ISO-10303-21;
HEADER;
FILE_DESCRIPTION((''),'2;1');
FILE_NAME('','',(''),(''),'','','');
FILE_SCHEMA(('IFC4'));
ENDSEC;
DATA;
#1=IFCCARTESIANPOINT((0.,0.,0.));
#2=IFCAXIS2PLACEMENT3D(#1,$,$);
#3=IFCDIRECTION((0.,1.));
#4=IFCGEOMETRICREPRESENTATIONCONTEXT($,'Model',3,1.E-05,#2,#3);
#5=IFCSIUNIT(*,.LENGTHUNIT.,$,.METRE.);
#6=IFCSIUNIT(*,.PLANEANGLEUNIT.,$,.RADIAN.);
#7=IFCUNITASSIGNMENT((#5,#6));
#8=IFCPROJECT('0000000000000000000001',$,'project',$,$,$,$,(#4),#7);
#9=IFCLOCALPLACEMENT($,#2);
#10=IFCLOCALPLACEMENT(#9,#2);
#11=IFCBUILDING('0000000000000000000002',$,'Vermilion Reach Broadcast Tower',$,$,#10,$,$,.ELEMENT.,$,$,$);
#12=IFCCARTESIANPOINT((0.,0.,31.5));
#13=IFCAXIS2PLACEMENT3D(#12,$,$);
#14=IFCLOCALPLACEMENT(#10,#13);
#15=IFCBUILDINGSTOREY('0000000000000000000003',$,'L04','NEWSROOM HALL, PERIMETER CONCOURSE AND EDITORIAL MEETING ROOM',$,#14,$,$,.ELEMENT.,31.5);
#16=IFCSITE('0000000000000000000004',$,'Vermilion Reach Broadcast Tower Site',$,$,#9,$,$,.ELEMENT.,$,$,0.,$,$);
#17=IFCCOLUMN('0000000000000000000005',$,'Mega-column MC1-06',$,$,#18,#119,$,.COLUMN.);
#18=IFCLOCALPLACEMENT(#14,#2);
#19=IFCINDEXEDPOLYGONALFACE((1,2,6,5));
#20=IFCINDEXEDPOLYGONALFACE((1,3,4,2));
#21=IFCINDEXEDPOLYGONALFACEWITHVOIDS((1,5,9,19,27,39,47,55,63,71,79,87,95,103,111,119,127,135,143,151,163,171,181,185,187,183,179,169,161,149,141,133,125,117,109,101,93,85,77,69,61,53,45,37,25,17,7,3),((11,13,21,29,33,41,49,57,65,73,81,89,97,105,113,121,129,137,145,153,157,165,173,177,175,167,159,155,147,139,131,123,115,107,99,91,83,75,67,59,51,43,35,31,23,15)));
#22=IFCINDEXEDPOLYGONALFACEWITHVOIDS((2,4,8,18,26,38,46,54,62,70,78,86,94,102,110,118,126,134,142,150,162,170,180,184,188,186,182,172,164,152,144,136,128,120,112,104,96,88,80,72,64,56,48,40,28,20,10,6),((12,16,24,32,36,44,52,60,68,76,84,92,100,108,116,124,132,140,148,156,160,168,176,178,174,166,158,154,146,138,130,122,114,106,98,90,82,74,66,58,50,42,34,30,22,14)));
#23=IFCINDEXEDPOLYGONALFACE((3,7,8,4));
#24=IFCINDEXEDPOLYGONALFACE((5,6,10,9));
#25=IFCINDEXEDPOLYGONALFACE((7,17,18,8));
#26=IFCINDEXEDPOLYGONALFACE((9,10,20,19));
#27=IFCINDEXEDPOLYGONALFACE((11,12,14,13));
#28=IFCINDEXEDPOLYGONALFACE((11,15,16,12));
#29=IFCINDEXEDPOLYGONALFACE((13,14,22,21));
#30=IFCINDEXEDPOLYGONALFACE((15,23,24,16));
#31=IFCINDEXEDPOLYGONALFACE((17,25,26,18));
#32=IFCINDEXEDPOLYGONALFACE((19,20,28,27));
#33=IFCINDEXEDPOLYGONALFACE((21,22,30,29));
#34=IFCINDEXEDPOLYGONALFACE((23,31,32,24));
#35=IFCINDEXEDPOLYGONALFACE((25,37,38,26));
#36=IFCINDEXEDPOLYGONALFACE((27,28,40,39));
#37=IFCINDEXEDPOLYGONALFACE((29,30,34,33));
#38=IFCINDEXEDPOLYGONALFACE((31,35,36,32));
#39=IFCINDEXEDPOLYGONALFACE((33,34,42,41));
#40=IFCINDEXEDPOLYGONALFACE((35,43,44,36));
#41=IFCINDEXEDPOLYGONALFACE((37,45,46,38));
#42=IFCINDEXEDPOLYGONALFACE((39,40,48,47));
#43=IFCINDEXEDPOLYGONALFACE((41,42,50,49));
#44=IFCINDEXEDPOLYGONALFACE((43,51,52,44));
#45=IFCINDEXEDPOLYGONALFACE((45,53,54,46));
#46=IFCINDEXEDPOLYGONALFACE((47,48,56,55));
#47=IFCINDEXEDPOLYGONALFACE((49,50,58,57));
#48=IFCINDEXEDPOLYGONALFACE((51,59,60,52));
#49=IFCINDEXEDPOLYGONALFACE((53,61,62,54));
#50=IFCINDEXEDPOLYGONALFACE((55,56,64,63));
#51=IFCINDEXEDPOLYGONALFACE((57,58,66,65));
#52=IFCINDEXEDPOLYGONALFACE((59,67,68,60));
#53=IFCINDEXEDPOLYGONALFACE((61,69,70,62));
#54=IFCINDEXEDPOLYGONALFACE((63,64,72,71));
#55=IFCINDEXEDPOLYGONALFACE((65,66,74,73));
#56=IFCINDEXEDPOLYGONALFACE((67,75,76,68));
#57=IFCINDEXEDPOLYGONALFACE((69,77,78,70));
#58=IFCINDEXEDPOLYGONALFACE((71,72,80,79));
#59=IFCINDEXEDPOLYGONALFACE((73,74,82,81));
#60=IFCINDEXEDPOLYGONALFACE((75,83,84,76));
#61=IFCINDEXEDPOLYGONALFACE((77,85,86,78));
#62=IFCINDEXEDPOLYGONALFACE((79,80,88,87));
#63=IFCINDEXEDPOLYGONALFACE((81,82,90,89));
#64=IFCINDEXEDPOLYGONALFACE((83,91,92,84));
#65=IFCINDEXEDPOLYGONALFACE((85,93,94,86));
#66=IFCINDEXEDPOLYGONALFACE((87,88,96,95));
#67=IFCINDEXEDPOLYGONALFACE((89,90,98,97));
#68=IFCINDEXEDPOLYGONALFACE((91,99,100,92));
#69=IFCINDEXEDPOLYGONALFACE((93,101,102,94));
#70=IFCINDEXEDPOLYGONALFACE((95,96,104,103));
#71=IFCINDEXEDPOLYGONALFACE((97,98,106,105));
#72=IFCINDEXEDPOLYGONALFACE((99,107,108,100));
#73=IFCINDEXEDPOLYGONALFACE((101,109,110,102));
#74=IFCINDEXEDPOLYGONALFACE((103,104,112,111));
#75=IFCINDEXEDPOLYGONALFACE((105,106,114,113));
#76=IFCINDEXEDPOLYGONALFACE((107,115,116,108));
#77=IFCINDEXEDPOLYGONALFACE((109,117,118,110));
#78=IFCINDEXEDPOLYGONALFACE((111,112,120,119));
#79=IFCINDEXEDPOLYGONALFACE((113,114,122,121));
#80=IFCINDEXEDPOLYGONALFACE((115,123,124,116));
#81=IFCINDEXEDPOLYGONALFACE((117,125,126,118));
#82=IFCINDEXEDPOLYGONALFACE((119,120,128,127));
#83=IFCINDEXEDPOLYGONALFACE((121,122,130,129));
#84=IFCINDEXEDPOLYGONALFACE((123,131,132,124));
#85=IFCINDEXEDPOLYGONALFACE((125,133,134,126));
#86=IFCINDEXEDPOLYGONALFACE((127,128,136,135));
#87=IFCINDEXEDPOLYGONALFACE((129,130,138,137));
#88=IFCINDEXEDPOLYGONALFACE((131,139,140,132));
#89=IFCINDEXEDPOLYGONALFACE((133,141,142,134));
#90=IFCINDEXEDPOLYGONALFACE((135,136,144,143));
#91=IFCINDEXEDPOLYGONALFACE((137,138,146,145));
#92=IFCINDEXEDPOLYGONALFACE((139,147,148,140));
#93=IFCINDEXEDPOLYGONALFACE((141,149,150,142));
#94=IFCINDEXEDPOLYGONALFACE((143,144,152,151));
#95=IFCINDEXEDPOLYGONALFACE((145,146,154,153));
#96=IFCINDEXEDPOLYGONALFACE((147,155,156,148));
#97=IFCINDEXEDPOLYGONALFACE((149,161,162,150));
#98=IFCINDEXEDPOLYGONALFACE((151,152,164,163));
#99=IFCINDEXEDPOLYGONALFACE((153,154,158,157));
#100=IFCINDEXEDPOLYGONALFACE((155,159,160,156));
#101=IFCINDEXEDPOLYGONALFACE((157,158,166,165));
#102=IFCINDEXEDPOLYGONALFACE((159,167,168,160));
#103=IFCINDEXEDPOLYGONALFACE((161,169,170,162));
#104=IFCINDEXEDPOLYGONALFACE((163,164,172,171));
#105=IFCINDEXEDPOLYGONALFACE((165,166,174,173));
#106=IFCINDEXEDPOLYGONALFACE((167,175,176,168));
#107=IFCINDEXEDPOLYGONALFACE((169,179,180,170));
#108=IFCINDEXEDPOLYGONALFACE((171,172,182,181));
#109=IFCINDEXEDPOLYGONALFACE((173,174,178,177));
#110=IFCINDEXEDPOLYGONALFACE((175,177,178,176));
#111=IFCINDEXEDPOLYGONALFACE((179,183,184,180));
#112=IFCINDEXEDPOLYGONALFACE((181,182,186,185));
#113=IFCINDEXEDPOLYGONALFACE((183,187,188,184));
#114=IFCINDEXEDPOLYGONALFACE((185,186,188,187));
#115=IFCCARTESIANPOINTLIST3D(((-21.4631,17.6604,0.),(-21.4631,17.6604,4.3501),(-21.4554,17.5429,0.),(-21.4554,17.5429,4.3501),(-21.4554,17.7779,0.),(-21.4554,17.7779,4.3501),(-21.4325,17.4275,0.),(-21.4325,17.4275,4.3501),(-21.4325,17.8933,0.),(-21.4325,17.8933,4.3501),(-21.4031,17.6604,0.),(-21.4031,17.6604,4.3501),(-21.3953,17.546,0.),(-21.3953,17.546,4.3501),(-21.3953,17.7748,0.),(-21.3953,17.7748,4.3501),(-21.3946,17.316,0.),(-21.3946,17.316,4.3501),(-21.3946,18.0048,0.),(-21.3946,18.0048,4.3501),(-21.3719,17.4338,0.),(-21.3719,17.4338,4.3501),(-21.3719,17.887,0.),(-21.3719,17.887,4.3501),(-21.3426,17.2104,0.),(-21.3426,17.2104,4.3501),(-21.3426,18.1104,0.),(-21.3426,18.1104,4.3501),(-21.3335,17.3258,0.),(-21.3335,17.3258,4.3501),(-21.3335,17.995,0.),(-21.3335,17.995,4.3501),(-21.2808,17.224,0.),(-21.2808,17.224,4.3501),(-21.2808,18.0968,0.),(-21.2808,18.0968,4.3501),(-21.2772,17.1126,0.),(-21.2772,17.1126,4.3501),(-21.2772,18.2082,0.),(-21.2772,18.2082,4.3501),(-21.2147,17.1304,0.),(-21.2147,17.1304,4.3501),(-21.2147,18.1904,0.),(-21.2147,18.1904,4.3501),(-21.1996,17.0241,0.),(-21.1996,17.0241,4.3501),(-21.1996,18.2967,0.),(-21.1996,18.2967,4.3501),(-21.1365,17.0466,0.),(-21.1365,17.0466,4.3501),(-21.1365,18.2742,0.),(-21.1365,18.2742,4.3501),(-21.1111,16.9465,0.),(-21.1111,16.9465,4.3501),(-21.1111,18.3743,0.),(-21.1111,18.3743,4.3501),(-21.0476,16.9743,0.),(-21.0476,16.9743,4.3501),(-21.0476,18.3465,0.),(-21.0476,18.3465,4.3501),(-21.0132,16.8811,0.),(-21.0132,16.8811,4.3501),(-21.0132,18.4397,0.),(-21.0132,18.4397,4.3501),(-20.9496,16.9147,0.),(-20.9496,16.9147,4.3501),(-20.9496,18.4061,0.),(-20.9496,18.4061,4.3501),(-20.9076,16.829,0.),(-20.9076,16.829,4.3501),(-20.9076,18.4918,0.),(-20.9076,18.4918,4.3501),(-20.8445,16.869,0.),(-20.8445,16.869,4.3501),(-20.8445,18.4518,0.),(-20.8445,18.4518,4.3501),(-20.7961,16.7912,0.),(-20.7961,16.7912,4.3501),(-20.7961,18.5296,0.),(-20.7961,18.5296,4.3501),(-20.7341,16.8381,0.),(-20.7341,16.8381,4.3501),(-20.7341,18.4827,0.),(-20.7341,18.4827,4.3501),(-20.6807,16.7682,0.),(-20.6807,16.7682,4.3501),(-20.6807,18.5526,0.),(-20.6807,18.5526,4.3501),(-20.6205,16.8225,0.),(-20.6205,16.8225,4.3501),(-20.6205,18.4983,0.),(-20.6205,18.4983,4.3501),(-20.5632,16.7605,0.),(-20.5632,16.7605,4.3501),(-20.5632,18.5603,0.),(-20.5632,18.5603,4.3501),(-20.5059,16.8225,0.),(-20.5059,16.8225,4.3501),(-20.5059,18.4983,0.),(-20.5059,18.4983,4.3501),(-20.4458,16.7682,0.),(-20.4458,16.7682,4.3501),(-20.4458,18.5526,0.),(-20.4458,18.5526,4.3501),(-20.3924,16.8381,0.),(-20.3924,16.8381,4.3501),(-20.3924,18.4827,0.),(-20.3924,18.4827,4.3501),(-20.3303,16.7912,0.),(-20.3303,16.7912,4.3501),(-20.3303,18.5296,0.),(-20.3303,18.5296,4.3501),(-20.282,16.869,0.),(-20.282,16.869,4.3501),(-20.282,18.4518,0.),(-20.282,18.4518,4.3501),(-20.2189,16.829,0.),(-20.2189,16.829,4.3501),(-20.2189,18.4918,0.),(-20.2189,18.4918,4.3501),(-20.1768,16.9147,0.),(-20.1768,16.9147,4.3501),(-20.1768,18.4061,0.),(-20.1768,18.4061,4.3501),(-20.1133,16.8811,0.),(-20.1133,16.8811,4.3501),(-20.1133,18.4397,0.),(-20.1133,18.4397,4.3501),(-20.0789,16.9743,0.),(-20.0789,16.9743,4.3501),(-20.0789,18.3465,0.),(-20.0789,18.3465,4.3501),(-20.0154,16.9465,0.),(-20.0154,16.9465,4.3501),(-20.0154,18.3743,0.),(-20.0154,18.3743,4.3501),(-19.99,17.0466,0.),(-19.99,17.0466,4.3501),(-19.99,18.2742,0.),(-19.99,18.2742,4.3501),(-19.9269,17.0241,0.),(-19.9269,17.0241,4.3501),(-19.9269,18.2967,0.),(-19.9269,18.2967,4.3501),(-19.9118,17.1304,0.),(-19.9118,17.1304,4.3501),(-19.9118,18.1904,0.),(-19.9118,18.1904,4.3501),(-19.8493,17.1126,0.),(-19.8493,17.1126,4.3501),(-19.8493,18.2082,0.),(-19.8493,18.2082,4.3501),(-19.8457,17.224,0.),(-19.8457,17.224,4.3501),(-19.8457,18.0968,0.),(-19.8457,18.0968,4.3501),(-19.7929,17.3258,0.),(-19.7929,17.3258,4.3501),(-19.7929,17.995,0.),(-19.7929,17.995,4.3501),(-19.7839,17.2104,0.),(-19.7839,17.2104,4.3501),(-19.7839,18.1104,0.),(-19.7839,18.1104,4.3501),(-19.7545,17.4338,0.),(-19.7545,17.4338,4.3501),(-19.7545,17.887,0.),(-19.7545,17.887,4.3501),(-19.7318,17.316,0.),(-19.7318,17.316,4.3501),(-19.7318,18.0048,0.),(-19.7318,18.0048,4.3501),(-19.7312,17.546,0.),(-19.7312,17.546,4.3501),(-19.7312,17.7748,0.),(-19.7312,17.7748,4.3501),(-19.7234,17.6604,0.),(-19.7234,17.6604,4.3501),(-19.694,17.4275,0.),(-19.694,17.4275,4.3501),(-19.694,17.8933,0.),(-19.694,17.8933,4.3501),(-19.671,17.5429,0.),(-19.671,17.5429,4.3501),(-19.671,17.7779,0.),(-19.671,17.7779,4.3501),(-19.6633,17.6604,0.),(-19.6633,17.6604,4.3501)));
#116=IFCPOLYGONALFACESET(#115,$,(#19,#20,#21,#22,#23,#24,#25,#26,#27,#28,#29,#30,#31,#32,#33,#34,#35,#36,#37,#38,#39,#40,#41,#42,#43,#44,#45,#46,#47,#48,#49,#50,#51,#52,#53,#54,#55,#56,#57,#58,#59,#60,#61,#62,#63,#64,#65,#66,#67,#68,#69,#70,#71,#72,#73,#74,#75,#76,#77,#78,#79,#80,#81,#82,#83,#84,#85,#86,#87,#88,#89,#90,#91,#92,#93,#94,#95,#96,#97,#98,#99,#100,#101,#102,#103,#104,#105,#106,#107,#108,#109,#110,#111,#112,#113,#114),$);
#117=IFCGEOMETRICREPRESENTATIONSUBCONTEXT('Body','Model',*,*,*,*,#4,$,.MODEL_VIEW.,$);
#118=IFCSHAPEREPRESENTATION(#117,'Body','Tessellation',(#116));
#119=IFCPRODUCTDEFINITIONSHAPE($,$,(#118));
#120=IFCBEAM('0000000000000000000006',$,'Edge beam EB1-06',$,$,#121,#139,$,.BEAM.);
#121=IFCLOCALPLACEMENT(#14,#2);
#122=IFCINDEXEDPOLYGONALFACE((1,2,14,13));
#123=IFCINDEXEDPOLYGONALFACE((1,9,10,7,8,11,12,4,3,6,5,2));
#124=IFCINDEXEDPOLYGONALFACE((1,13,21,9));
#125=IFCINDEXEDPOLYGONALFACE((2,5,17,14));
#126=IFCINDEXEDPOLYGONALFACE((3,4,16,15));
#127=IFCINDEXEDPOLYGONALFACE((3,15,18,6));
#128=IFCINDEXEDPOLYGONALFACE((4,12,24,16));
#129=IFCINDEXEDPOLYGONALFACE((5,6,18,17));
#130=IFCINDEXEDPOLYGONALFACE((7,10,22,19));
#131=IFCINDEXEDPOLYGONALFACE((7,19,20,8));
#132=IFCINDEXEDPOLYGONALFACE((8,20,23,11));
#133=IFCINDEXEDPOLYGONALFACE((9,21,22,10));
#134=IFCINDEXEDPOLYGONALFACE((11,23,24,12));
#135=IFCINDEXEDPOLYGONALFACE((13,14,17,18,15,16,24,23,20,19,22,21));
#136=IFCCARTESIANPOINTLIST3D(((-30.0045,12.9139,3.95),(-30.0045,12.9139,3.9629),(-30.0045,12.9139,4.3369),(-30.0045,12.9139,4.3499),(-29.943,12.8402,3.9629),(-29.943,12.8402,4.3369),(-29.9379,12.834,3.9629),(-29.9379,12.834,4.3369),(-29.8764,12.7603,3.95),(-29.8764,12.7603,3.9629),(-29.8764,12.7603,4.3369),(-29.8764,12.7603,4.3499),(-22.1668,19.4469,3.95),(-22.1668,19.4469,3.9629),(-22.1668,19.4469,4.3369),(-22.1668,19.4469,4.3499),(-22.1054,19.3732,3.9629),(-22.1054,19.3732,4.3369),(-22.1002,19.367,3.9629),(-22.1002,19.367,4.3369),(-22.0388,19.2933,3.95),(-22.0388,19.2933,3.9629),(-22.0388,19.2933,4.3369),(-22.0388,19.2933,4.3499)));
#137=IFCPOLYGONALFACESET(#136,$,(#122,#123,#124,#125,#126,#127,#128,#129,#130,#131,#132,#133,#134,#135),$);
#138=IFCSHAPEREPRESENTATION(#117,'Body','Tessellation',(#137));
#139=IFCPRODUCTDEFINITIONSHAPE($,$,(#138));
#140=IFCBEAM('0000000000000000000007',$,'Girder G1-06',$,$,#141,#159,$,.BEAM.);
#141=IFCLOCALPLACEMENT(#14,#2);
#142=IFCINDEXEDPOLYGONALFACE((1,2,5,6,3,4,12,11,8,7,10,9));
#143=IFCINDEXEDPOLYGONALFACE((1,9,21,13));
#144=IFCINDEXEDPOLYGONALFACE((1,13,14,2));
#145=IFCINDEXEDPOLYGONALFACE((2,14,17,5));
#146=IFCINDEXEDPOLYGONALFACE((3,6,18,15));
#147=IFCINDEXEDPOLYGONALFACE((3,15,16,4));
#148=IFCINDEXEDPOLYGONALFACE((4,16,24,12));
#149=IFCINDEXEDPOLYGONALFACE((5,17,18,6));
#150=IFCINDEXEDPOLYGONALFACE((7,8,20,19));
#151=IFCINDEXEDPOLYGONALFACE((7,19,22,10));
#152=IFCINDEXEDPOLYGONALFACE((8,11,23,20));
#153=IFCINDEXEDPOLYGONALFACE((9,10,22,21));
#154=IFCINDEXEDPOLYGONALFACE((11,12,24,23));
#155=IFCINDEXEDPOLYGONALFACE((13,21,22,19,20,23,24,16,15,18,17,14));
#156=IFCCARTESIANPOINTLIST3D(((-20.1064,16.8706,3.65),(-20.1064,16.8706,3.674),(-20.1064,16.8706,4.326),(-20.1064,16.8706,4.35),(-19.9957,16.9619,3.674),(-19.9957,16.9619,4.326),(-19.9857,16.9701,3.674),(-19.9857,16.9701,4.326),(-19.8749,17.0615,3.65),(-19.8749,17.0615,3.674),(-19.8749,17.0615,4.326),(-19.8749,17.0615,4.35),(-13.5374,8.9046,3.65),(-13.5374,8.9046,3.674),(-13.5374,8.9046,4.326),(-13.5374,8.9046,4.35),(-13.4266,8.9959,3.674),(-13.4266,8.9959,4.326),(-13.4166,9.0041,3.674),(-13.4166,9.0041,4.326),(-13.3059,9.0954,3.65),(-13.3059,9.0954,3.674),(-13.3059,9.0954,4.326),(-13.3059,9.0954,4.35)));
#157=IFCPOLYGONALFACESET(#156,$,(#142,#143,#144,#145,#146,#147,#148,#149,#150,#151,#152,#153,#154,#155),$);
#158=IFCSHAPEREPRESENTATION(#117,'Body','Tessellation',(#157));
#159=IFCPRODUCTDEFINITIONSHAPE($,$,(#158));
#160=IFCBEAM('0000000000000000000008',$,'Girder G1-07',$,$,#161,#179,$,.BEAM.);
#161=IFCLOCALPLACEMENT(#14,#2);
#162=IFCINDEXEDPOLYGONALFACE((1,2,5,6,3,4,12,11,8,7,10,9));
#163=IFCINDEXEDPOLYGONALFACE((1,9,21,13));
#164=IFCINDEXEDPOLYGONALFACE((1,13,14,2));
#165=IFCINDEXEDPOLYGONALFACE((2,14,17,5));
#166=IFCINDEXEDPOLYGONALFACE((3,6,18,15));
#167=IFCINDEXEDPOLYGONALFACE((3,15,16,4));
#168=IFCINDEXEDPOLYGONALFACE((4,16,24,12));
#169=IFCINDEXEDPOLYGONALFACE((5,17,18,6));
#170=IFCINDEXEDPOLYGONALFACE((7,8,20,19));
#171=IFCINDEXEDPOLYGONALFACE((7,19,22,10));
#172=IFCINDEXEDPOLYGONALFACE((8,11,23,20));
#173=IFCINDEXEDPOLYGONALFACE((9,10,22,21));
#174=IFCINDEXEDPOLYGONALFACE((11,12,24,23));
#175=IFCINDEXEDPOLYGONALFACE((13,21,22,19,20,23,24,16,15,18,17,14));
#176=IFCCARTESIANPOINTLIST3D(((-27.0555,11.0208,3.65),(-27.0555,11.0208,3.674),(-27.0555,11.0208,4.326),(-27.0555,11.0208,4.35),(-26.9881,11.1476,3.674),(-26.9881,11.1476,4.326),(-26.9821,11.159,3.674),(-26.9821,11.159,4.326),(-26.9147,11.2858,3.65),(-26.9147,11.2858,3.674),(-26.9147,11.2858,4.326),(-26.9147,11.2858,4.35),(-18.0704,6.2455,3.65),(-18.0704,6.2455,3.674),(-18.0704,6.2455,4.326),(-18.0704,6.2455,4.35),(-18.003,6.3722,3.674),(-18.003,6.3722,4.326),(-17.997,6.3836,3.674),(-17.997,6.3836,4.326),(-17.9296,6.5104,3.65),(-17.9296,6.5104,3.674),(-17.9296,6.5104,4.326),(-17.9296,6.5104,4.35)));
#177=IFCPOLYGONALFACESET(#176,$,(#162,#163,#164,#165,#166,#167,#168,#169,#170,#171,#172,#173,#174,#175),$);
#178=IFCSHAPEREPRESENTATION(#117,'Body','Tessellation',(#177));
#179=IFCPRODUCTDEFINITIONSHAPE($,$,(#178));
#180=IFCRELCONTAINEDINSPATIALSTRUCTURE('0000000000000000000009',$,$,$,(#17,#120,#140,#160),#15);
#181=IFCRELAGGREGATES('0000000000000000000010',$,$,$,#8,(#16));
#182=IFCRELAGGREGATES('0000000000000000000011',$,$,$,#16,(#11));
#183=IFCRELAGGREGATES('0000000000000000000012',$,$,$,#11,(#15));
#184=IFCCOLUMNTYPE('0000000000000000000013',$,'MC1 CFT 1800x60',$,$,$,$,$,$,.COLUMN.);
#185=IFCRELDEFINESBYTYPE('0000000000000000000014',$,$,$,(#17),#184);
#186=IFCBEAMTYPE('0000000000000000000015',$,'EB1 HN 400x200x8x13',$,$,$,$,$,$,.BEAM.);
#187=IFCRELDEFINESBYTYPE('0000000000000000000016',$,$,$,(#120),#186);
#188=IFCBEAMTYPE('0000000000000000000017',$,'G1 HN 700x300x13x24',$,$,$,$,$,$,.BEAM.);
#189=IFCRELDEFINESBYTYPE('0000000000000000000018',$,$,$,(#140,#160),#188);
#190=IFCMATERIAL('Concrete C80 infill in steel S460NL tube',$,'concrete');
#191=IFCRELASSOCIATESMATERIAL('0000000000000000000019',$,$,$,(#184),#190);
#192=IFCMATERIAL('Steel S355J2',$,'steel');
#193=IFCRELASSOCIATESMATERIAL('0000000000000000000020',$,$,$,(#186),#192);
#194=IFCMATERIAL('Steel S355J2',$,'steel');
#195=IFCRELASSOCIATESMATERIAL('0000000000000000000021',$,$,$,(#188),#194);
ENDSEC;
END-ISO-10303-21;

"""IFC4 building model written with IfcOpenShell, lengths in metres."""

from ifc_helpers import new_model, si_unit, direction, frame, origin, origin_2d, place, context, subcontext, project, spatial, hollow_circle, i_section, extrude, material, material_profile, profile_set, type_object, element, save


model = new_model("IFC4")

# Units and contexts
model_context = context("Model", 3, precision=1e-05, world=origin(), true_north=direction((0.0, 1.0)))
body_context = subcontext(model_context, "Body", "Model", "MODEL_VIEW")
ifc_project = project(units=[si_unit("LENGTHUNIT", "METRE"), si_unit("PLANEANGLEUNIT", "RADIAN")], contexts=[model_context])

# Site, building, storey
site_placement = place(None, origin())
site = spatial("IfcSite", under=ifc_project, at=site_placement, Name="Vermilion Reach Broadcast Tower Site", CompositionType="ELEMENT", RefElevation=0.0)
building_placement = place(site_placement, origin())
building = spatial("IfcBuilding", under=site, at=building_placement, Name="Vermilion Reach Broadcast Tower", CompositionType="ELEMENT")
storey_placement = place(building_placement, frame((0.0, 0.0, 31.5)))
storey = spatial("IfcBuildingStorey", under=building, at=storey_placement, Name="L04", Description="NEWSROOM HALL, PERIMETER CONCOURSE AND EDITORIAL MEETING ROOM", CompositionType="ELEMENT", Elevation=31.5)

# Column
ifc_material_1 = material(Name="Concrete C80 infill in steel S460NL tube", Category="concrete")
ifc_material_profile_1 = material_profile(ifc_material_1, hollow_circle(Radius=0.8999, WallThickness=0.0601, at=origin_2d()), Name="Concrete C80 infill in steel S460NL tube CFT 1800x60")
ifc_profile_set_1 = profile_set([ifc_material_profile_1], Name="Concrete C80 infill in steel S460NL tube")
column_type = type_object("IfcColumnType", Name="MC1 CFT 1800x60", PredefinedType="COLUMN", material=ifc_profile_set_1)
column_placement = place(storey_placement, frame((-20.5632, 17.6604, 0.0), z_axis=(0.0, 0.0, 1.0), x_axis=(1.0, 0.0, 0.0)))
element("IfcColumn", 1, at=column_placement, inside=storey, type_object=column_type, Name="Mega-column MC1-06", PredefinedType="COLUMN", context=body_context, shape_type="SweptSolid", body=[
    extrude(hollow_circle(Radius=0.8999, WallThickness=0.0601, at=origin_2d()), origin(), (0.0, 0.0, 1.0), 4.3501),
])

# Beams
ifc_material_2 = material(Name="Steel S355J2", Category="steel")
ifc_material_profile_2 = material_profile(ifc_material_2, i_section(OverallWidth=0.2, OverallDepth=0.3999, WebThickness=0.0081, FlangeThickness=0.0129, at=origin_2d()), Name="S355J2 HN 400x200x8x13")
ifc_profile_set_2 = profile_set([ifc_material_profile_2], Name="Steel S355J2")
beam_type_1 = type_object("IfcBeamType", Name="EB1 HN 400x200x8x13", PredefinedType="BEAM", material=ifc_profile_set_2)
beam_1_placement = place(storey_placement, frame((-22.1028, 19.3701, 4.1499), z_axis=(-0.768145, -0.640276, 0.0), x_axis=(0.640276, -0.768145, 0.0)))
element("IfcBeam", 2, at=beam_1_placement, inside=storey, type_object=beam_type_1, Name="Edge beam EB1-06", PredefinedType="BEAM", context=body_context, shape_type="SweptSolid", body=[
    extrude(i_section(OverallWidth=0.2, OverallDepth=0.3999, WebThickness=0.0081, FlangeThickness=0.0129, at=origin_2d()), origin(), (0.0, 0.0, 1.0), 10.2034),
])
ifc_material_3 = material(Name="Steel S355J2", Category="steel")
ifc_material_profile_3 = material_profile(ifc_material_3, i_section(OverallWidth=0.3, OverallDepth=0.7, WebThickness=0.0129, FlangeThickness=0.0239, at=origin_2d()), Name="S355J2 HN 700x300x13x24")
ifc_profile_set_3 = profile_set([ifc_material_profile_3], Name="Steel S355J2")
beam_type_2 = type_object("IfcBeamType", Name="G1 HN 700x300x13x24", PredefinedType="BEAM", material=ifc_profile_set_3)
beam_2_placement = place(storey_placement, frame((-13.4216, 9.0, 4.0), z_axis=(-0.636215, 0.771512, 0.0), x_axis=(-0.771512, -0.636215, 0.0)))
element("IfcBeam", 3, at=beam_2_placement, inside=storey, type_object=beam_type_2, Name="Girder G1-06", PredefinedType="BEAM", context=body_context, shape_type="SweptSolid", body=[
    extrude(i_section(OverallWidth=0.3, OverallDepth=0.7, WebThickness=0.0129, FlangeThickness=0.0239, at=origin_2d()), origin(), (0.0, 0.0, 1.0), 10.3252),
])
beam_3_placement = place(storey_placement, frame((-18.0, 6.3779, 4.0), z_axis=(-0.883032, 0.469313, 0.0), x_axis=(-0.469313, -0.883032, 0.0)))
element("IfcBeam", 4, at=beam_3_placement, inside=storey, type_object=beam_type_2, Name="Girder G1-07", PredefinedType="BEAM", context=body_context, shape_type="SweptSolid", body=[
    extrude(i_section(OverallWidth=0.3, OverallDepth=0.7, WebThickness=0.0129, FlangeThickness=0.0239, at=origin_2d()), origin(), (0.0, 0.0, 1.0), 10.1753),
])

save(model, "model.ifc")
